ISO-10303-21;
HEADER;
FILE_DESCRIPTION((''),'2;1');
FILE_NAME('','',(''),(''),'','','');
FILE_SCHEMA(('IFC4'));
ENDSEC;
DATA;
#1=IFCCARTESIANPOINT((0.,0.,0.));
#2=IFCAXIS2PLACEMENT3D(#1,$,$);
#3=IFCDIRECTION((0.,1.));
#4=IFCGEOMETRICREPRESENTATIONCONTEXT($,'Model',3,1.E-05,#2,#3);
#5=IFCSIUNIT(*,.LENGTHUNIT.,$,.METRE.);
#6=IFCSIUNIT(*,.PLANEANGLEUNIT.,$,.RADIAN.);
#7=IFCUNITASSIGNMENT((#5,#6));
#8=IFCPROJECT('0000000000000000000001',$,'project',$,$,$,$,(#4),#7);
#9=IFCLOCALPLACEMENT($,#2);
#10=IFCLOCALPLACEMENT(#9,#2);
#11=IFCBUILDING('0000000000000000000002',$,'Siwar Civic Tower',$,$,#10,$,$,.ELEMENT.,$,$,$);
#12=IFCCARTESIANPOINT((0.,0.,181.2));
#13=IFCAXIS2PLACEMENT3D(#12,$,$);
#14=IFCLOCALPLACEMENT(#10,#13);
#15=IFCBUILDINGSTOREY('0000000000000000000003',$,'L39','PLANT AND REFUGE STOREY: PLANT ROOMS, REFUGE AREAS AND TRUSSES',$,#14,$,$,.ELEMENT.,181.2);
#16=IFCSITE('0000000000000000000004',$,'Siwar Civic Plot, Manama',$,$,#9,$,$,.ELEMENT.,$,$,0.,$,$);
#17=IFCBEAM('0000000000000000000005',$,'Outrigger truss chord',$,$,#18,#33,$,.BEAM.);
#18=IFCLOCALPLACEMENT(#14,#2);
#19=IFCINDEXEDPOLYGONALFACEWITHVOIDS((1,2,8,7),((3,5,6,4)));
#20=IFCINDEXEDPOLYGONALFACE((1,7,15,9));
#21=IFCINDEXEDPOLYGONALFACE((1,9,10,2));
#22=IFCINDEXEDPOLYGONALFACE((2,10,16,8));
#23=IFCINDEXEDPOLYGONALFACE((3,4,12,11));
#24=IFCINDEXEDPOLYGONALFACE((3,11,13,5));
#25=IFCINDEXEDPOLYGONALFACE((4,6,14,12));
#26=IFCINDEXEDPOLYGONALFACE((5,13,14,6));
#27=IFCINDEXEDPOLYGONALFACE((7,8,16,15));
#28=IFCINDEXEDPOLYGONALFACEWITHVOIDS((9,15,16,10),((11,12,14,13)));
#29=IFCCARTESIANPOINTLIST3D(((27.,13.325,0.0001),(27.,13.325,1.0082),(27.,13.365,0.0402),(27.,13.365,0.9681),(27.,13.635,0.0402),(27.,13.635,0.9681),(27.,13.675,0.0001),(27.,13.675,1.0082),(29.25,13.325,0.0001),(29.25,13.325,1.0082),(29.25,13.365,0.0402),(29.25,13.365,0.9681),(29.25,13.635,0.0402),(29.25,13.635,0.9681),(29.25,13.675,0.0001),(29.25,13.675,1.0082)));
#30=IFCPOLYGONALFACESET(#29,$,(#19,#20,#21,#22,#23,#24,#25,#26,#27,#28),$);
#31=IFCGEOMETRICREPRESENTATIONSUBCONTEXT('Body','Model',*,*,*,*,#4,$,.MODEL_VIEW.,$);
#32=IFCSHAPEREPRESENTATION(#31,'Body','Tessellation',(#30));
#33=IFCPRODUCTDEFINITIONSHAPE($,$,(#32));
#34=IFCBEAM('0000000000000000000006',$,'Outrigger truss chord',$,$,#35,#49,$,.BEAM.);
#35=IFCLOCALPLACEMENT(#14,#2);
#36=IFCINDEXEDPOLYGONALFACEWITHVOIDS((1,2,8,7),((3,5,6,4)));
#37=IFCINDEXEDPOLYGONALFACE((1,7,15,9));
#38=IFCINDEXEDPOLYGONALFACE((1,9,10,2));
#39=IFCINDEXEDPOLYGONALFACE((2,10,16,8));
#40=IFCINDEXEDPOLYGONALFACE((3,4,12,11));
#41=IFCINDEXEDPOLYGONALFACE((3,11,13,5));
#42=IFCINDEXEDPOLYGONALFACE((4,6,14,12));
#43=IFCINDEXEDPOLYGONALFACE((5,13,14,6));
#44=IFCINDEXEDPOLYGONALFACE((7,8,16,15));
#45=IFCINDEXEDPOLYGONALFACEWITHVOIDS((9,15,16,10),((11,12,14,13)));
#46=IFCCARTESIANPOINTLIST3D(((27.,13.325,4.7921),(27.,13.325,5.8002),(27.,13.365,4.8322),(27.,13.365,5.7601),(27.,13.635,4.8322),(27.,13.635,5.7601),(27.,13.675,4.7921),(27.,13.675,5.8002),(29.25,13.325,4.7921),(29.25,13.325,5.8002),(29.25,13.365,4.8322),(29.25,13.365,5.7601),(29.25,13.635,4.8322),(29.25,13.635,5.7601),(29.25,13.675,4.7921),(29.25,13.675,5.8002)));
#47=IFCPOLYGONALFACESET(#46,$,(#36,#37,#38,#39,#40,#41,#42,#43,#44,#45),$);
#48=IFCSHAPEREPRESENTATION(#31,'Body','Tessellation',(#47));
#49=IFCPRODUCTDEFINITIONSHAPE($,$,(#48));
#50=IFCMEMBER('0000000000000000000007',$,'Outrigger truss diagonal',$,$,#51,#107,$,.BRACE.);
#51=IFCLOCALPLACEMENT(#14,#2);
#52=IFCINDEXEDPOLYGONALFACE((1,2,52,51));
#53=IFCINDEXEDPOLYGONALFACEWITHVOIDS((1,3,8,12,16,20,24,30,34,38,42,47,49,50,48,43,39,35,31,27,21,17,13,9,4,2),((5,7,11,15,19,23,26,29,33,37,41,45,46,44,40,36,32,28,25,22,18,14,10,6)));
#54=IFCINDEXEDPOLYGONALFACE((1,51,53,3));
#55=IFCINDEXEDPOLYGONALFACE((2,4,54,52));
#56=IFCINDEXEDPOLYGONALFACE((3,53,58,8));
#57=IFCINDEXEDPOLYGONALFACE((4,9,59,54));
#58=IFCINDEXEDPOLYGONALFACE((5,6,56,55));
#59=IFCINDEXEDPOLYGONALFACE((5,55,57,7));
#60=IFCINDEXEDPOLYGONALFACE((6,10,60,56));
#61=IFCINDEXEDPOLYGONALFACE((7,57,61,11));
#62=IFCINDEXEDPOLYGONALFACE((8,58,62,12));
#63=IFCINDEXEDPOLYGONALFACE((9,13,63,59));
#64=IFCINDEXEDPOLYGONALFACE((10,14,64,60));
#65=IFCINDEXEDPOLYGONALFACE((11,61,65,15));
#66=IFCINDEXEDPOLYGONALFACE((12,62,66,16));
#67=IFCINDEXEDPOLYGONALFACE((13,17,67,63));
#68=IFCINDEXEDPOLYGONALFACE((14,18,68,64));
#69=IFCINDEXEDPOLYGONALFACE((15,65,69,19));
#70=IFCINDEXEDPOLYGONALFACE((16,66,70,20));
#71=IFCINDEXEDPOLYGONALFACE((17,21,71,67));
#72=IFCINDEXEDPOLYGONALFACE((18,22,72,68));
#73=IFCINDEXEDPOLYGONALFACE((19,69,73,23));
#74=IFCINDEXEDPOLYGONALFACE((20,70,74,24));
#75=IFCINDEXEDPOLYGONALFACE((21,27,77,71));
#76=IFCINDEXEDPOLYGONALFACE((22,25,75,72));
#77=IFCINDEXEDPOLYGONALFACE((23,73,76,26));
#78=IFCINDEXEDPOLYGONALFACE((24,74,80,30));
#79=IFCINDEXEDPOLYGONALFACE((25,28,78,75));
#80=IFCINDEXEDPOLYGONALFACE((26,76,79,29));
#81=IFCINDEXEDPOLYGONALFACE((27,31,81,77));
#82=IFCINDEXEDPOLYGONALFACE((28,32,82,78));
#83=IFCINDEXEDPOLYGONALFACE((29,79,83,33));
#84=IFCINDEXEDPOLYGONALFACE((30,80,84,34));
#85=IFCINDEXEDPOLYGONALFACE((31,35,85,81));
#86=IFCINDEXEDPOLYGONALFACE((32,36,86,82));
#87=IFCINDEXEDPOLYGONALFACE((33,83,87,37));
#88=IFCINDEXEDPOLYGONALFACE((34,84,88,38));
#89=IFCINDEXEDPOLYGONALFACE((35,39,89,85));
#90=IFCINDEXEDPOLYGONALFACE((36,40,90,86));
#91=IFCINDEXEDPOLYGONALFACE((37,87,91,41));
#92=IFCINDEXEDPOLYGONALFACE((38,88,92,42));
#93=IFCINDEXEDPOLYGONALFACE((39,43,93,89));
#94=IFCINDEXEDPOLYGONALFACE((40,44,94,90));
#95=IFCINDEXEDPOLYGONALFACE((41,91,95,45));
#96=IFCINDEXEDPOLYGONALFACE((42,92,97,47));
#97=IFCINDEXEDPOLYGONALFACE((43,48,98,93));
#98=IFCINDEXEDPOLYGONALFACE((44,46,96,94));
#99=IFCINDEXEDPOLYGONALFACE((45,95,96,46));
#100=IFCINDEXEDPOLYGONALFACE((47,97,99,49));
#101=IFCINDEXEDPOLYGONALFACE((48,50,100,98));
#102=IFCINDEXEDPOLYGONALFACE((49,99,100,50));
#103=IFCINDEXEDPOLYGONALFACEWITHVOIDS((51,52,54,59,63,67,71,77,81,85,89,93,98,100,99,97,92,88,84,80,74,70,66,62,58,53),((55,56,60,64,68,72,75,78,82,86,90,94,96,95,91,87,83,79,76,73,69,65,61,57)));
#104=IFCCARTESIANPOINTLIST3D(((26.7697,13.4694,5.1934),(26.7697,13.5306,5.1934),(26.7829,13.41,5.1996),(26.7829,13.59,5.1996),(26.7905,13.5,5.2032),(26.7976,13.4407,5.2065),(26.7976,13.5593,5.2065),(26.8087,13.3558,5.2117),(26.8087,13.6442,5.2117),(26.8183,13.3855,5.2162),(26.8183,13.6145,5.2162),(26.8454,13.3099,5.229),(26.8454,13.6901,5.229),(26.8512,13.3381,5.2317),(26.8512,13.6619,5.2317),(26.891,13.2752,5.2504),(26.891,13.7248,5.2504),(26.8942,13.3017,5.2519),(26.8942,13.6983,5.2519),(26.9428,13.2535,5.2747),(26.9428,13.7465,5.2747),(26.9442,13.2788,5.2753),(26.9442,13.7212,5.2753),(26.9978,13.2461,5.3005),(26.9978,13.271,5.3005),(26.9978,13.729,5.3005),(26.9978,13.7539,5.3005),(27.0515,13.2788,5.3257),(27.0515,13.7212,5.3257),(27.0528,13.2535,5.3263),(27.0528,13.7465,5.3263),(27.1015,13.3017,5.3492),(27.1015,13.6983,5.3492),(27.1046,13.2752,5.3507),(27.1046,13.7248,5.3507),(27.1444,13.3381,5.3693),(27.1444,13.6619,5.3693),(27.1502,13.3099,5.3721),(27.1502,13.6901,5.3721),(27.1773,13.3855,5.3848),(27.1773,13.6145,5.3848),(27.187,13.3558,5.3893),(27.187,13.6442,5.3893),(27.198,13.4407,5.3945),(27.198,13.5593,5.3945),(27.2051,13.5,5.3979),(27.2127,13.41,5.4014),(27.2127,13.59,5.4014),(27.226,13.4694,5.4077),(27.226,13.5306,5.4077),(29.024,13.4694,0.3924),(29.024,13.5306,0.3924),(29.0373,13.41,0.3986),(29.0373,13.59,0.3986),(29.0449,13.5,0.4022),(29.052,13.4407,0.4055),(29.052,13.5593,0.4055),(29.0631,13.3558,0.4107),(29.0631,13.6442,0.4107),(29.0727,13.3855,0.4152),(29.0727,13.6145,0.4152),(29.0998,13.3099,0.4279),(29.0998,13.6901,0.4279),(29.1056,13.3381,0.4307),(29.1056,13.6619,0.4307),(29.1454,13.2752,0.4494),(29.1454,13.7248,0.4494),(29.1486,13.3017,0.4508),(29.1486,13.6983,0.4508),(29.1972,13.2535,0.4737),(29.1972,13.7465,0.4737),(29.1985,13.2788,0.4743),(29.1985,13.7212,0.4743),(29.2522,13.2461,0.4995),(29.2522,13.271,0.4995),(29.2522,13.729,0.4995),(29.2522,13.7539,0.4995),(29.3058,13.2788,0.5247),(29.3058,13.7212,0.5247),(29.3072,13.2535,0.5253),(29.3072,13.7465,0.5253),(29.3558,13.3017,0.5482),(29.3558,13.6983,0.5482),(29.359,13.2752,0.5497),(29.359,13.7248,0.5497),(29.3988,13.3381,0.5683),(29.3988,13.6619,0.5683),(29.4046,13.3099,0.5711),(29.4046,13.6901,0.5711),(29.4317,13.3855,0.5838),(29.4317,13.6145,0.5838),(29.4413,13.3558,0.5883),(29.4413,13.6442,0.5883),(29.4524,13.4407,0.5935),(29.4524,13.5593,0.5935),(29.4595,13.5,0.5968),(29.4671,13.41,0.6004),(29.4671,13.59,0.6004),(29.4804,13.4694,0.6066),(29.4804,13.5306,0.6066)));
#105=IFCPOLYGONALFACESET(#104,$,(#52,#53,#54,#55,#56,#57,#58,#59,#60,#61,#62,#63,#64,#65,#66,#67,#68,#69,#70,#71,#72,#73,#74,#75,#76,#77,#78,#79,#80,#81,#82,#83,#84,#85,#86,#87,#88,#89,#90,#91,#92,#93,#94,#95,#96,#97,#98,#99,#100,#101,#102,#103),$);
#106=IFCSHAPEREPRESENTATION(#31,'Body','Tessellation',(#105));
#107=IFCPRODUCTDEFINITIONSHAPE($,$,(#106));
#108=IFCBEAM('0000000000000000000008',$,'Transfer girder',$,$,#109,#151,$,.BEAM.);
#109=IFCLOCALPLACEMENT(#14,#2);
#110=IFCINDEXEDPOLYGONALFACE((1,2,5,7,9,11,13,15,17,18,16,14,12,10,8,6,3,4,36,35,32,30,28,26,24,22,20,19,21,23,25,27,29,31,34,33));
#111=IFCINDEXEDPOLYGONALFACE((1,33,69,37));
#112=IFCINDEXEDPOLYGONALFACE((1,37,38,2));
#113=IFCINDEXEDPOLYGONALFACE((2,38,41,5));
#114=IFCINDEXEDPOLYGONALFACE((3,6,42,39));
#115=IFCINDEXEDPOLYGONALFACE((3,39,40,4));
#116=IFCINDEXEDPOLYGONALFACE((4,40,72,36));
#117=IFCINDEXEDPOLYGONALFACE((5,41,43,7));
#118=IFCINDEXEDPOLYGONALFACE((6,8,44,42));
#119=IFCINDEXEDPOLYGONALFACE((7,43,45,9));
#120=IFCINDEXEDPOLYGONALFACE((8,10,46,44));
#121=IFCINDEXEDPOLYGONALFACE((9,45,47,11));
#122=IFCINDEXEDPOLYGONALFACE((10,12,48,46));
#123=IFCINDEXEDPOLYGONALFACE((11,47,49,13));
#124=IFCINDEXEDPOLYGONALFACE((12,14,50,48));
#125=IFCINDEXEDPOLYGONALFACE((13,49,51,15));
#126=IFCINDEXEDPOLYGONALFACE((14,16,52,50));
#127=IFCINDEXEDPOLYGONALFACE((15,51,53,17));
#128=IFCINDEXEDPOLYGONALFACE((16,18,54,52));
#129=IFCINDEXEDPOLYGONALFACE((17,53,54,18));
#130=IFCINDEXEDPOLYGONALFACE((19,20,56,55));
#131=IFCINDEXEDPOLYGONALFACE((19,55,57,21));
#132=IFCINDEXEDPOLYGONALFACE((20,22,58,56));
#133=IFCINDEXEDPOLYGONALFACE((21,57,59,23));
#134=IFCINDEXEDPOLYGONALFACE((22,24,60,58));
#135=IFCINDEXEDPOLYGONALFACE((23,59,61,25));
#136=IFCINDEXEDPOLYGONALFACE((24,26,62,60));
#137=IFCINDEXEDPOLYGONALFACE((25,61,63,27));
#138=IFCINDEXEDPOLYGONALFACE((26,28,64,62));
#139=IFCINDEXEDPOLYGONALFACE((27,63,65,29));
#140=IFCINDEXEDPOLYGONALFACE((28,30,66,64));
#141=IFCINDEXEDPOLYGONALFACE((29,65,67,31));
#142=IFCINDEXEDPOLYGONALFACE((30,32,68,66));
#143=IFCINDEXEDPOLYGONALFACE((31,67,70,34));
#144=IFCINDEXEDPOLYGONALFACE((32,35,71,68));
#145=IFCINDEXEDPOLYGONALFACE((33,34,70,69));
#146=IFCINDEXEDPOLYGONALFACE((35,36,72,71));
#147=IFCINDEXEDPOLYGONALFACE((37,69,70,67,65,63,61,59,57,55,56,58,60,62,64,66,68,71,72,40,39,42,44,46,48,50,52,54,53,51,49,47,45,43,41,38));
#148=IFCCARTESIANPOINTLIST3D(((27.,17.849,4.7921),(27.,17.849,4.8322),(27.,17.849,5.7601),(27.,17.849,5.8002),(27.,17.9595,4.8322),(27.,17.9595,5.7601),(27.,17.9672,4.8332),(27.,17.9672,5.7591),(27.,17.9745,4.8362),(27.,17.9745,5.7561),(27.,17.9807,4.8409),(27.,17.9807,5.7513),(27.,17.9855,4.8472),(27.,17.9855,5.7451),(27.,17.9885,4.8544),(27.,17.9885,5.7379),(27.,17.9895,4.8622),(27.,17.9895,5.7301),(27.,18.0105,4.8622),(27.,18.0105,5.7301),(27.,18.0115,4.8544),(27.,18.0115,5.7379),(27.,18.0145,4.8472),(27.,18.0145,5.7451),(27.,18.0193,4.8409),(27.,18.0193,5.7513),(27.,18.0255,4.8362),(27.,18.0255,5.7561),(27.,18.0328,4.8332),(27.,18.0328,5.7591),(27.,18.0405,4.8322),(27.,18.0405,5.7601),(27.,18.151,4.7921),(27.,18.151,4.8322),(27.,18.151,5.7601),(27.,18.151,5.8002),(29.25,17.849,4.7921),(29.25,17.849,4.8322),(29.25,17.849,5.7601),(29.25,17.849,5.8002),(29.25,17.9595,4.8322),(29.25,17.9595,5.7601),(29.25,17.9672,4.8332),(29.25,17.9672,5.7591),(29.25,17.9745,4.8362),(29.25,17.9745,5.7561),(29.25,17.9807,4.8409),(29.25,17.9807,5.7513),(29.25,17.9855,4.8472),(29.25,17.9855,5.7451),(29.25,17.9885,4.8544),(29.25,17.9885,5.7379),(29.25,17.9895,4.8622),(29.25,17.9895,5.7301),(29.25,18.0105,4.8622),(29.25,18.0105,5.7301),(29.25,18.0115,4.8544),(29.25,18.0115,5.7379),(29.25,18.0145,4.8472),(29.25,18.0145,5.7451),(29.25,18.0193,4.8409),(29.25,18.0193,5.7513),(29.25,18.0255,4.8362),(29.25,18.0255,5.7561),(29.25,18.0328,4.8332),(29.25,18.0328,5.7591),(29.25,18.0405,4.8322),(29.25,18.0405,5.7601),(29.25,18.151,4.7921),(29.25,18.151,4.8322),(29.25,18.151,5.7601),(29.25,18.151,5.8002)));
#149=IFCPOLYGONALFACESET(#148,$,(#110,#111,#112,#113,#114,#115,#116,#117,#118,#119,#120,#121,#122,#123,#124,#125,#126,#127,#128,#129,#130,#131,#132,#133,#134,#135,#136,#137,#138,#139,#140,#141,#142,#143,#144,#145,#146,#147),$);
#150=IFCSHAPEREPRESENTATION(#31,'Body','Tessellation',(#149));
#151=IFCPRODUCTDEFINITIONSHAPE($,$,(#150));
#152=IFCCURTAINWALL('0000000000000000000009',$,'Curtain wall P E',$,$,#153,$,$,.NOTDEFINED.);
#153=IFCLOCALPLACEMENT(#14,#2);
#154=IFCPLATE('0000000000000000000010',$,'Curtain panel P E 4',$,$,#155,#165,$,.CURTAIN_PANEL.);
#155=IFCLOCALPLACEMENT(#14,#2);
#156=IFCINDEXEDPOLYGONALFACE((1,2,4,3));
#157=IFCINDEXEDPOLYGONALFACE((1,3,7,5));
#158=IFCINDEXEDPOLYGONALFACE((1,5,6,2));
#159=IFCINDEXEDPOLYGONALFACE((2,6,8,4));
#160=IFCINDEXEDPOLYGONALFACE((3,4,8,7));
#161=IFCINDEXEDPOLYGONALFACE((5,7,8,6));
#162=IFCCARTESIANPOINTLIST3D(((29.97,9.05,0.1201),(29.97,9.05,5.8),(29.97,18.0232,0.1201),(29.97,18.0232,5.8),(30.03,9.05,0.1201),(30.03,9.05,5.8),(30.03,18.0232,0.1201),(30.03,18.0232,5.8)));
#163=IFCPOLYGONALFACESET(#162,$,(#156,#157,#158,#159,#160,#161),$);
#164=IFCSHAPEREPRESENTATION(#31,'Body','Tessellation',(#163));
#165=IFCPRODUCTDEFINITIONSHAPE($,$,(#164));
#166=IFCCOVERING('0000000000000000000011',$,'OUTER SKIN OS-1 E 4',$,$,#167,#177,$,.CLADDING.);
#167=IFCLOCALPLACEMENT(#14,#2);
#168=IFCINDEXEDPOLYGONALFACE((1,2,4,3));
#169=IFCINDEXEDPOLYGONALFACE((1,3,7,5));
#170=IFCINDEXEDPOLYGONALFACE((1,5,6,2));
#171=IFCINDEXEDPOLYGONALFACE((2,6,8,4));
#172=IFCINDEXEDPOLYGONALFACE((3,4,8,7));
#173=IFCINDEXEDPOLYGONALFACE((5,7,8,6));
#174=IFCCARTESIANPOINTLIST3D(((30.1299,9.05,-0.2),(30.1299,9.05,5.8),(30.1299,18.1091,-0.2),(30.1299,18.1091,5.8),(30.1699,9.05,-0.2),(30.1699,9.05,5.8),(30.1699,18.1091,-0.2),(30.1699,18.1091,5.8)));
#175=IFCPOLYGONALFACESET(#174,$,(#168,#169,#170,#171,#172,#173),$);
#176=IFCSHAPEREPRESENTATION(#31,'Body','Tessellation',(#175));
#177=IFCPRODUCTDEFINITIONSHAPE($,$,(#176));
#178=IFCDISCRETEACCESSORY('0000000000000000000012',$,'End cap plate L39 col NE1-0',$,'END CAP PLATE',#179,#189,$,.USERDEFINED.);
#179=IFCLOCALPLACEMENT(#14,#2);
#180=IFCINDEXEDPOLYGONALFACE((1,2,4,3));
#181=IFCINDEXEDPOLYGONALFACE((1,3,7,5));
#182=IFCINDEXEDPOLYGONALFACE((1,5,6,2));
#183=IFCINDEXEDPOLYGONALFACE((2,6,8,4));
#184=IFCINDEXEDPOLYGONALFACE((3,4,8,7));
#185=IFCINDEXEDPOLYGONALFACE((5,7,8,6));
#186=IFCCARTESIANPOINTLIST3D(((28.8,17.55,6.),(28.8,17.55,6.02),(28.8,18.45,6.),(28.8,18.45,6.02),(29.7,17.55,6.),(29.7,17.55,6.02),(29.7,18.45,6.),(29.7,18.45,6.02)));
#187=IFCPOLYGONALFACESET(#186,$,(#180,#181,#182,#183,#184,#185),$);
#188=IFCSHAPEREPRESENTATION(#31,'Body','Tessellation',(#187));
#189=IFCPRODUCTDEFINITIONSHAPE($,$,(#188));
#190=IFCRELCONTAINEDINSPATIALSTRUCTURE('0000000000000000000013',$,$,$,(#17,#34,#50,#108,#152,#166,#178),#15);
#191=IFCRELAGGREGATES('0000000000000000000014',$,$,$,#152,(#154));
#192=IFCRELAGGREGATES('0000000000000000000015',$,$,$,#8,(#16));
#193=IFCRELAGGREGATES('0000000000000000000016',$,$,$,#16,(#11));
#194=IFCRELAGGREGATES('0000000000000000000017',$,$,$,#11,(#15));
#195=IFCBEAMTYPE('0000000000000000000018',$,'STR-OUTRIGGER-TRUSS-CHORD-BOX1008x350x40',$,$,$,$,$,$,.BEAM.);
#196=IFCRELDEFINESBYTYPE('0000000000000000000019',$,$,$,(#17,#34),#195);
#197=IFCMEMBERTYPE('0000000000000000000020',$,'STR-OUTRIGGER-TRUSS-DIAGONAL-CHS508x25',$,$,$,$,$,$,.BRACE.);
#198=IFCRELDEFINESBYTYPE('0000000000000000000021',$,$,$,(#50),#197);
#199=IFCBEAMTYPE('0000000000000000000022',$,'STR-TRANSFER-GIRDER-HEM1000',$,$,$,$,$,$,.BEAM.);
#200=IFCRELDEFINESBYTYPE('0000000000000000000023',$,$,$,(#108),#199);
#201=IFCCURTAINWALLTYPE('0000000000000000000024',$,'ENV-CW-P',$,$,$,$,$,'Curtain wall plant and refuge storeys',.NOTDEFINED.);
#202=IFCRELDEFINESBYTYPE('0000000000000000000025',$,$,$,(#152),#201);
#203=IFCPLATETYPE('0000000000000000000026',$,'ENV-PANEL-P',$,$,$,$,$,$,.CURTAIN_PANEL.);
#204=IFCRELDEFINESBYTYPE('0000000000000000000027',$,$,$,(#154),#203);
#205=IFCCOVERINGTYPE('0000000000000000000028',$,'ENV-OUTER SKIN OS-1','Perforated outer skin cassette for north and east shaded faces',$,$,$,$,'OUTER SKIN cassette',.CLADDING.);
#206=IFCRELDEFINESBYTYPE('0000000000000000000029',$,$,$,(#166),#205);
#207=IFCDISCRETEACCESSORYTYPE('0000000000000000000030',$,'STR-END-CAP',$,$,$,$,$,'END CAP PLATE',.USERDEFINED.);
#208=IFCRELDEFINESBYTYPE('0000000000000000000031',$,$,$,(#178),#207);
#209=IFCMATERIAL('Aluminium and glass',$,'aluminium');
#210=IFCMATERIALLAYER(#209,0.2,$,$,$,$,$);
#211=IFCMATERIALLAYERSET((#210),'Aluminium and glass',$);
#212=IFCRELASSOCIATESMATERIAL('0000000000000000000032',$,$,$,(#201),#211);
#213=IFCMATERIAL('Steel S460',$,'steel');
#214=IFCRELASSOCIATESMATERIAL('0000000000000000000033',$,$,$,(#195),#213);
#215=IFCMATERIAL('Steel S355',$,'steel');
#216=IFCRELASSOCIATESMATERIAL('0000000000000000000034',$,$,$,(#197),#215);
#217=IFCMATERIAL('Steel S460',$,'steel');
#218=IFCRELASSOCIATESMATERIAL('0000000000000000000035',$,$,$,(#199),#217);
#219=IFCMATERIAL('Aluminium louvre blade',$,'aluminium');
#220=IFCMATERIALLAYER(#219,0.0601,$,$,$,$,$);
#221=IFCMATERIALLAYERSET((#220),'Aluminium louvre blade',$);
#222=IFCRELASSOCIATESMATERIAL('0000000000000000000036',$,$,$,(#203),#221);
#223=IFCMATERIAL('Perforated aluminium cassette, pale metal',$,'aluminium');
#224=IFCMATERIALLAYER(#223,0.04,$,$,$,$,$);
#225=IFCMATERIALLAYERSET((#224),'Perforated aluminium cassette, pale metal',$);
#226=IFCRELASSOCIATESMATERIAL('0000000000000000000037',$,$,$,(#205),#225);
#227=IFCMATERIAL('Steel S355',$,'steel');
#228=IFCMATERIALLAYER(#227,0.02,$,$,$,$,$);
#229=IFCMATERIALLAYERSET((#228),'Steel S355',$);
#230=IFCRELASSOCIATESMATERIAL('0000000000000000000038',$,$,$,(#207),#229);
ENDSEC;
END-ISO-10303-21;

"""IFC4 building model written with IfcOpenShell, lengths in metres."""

from ifc_helpers import new_model, si_unit, direction, frame, origin, origin_2d, place, context, subcontext, project, spatial, rectangle, hollow_rectangle, hollow_circle, i_section, extrude, material, layer, layer_set, material_profile, profile_set, type_object, element, aggregate, save


model = new_model("IFC4")

# Units and contexts
model_context = context("Model", 3, precision=1e-05, world=origin(), true_north=direction((0.0, 1.0)))
body_context = subcontext(model_context, "Body", "Model", "MODEL_VIEW")
ifc_project = project(units=[si_unit("LENGTHUNIT", "METRE"), si_unit("PLANEANGLEUNIT", "RADIAN")], contexts=[model_context])

# Site, building, storey
site_placement = place(None, origin())
site = spatial("IfcSite", under=ifc_project, at=site_placement, Name="Siwar Civic Plot, Manama", CompositionType="ELEMENT", RefElevation=0.0)
building_placement = place(site_placement, origin())
building = spatial("IfcBuilding", under=site, at=building_placement, Name="Siwar Civic Tower", CompositionType="ELEMENT")
storey_placement = place(building_placement, frame((0.0, 0.0, 181.2)))
storey = spatial("IfcBuildingStorey", under=building, at=storey_placement, Name="L39", Description="PLANT AND REFUGE STOREY: PLANT ROOMS, REFUGE AREAS AND TRUSSES", CompositionType="ELEMENT", Elevation=181.2)

# Shared definitions
ifc_material_1 = material(Name="Aluminium and glass", Category="aluminium")
ifc_layer_1 = layer(ifc_material_1, 0.2)
ifc_layer_set_1 = layer_set([ifc_layer_1], Name="Aluminium and glass")
curtain_wall_type = type_object("IfcCurtainWallType", Name="ENV-CW-P", ElementType="Curtain wall plant and refuge storeys", PredefinedType="NOTDEFINED", material=ifc_layer_set_1)

# Beams
ifc_material_2 = material(Name="Steel S460", Category="steel")
ifc_material_profile_1 = material_profile(ifc_material_2, hollow_rectangle(XDim=0.3501, YDim=1.0081, WallThickness=0.04, at=origin_2d()), Name="BOX1008x350x40")
ifc_profile_set_1 = profile_set([ifc_material_profile_1], Name="Steel S460")
beam_type_1 = type_object("IfcBeamType", Name="STR-OUTRIGGER-TRUSS-CHORD-BOX1008x350x40", PredefinedType="BEAM", material=ifc_profile_set_1)
for number, where, z_axis, x_axis, name in (
    (1, (29.25, 13.5, 0.5042), (-1.0, 0.0, 0.0), (0.0, -1.0, 0.0), "Outrigger truss chord"),
    (2, (29.25, 13.5, 5.2961), (-1.0, 0.0, 0.0), (0.0, -1.0, 0.0), "Outrigger truss chord"),
):
    element("IfcBeam", number, at=place(storey_placement, frame(where, z_axis=z_axis, x_axis=x_axis)), inside=storey, type_object=beam_type_1, Name=name, PredefinedType="BEAM", context=body_context, shape_type="SweptSolid", body=[
        extrude(hollow_rectangle(XDim=0.3501, YDim=1.0081, WallThickness=0.04, at=origin_2d()), origin(), (0.0, 0.0, 1.0), 2.25),
    ])

# Member
ifc_material_3 = material(Name="Steel S355", Category="steel")
ifc_material_profile_2 = material_profile(ifc_material_3, hollow_circle(Radius=0.2539, WallThickness=0.0249, at=origin_2d()), Name="CHS508x25")
ifc_profile_set_2 = profile_set([ifc_material_profile_2], Name="Steel S355")
member_type_1 = type_object("IfcMemberType", Name="STR-OUTRIGGER-TRUSS-DIAGONAL-CHS508x25", PredefinedType="BRACE", material=ifc_profile_set_2)
member_1_placement = place(storey_placement, frame((29.2522, 13.5, 0.4995), z_axis=(-0.425039, 0.0, 0.905175), x_axis=(0.0, -1.0, 0.0)))
element("IfcMember", 3, at=member_1_placement, inside=storey, type_object=member_type_1, Name="Outrigger truss diagonal", PredefinedType="BRACE", context=body_context, shape_type="SweptSolid", body=[
    extrude(hollow_circle(Radius=0.2539, WallThickness=0.0249, at=origin_2d()), origin(), (0.0, 0.0, 1.0), 5.304),
])

# Beam
ifc_material_4 = material(Name="Steel S460", Category="steel")
ifc_material_profile_3 = material_profile(ifc_material_4, i_section(OverallWidth=0.302, OverallDepth=1.0081, WebThickness=0.021, FlangeThickness=0.04, FilletRadius=0.03, at=origin_2d()), Name="HEM1000")
ifc_profile_set_3 = profile_set([ifc_material_profile_3], Name="Steel S460")
beam_type_2 = type_object("IfcBeamType", Name="STR-TRANSFER-GIRDER-HEM1000", PredefinedType="BEAM", material=ifc_profile_set_3)
beam_placement = place(storey_placement, frame((27.0, 18.0, 5.2961), z_axis=(1.0, 0.0, 0.0), x_axis=(0.0, 1.0, 0.0)))
element("IfcBeam", 4, at=beam_placement, inside=storey, type_object=beam_type_2, Name="Transfer girder", PredefinedType="BEAM", context=body_context, shape_type="SweptSolid", body=[
    extrude(i_section(OverallWidth=0.302, OverallDepth=1.0081, WebThickness=0.021, FlangeThickness=0.04, FilletRadius=0.03, at=origin_2d()), origin(), (0.0, 0.0, 1.0), 2.25),
])

# Curtain wall, plate
curtain_wall_1_placement = place(storey_placement, origin())
curtain_wall_1 = element("IfcCurtainWall", 5, at=curtain_wall_1_placement, inside=storey, type_object=curtain_wall_type, Name="Curtain wall P E", PredefinedType="NOTDEFINED")
ifc_material_5 = material(Name="Aluminium louvre blade", Category="aluminium")
ifc_layer_2 = layer(ifc_material_5, 0.0601)
ifc_layer_set_2 = layer_set([ifc_layer_2], Name="Aluminium louvre blade")
plate_type = type_object("IfcPlateType", Name="ENV-PANEL-P", PredefinedType="CURTAIN_PANEL", material=ifc_layer_set_2)
plate_placement = place(storey_placement, frame((30.0, 13.5366, 0.1201), z_axis=(0.0, 0.0, 1.0), x_axis=(0.0, 1.0, 0.0)))
plate = element("IfcPlate", 6, at=plate_placement, type_object=plate_type, Name="Curtain panel P E 4", PredefinedType="CURTAIN_PANEL", context=body_context, shape_type="SweptSolid", body=[
    extrude(rectangle(XDim=8.9731, YDim=0.0601, at=origin_2d()), origin(), (0.0, 0.0, 1.0), 5.6799),
])
aggregate(curtain_wall_1, [plate])

# Covering
ifc_material_6 = material(Name="Perforated aluminium cassette, pale metal", Category="aluminium")
ifc_layer_3 = layer(ifc_material_6, 0.04)
ifc_layer_set_3 = layer_set([ifc_layer_3], Name="Perforated aluminium cassette, pale metal")
covering_type = type_object("IfcCoveringType", Name="ENV-OUTER SKIN OS-1", Description="Perforated outer skin cassette for north and east shaded faces", ElementType="OUTER SKIN cassette", PredefinedType="CLADDING", material=ifc_layer_set_3)
covering_placement = place(storey_placement, frame((30.1499, 13.5796, -0.2), z_axis=(0.0, 0.0, 1.0), x_axis=(0.0, 1.0, 0.0)))
element("IfcCovering", 7, at=covering_placement, inside=storey, type_object=covering_type, Name="OUTER SKIN OS-1 E 4", PredefinedType="CLADDING", context=body_context, shape_type="SweptSolid", body=[
    extrude(rectangle(XDim=9.0591, YDim=0.04, at=origin_2d()), origin(), (0.0, 0.0, 1.0), 6.0),
])

# Discrete accessory
ifc_material_7 = material(Name="Steel S355", Category="steel")
ifc_layer_4 = layer(ifc_material_7, 0.02)
ifc_layer_set_4 = layer_set([ifc_layer_4], Name="Steel S355")
discrete_accessory_type = type_object("IfcDiscreteAccessoryType", Name="STR-END-CAP", ElementType="END CAP PLATE", PredefinedType="USERDEFINED", material=ifc_layer_set_4)
discrete_accessory_placement = place(storey_placement, frame((29.25, 18.0, 6.0), z_axis=(0.0, 0.0, 1.0), x_axis=(1.0, 0.0, 0.0)))
element("IfcDiscreteAccessory", 8, at=discrete_accessory_placement, inside=storey, type_object=discrete_accessory_type, Name="End cap plate L39 col NE1-0", ObjectType="END CAP PLATE", PredefinedType="USERDEFINED", context=body_context, shape_type="SweptSolid", body=[
    extrude(rectangle(XDim=0.8999, YDim=0.8999, at=origin_2d()), origin(), (0.0, 0.0, 1.0), 0.02),
])

save(model, "model.ifc")
